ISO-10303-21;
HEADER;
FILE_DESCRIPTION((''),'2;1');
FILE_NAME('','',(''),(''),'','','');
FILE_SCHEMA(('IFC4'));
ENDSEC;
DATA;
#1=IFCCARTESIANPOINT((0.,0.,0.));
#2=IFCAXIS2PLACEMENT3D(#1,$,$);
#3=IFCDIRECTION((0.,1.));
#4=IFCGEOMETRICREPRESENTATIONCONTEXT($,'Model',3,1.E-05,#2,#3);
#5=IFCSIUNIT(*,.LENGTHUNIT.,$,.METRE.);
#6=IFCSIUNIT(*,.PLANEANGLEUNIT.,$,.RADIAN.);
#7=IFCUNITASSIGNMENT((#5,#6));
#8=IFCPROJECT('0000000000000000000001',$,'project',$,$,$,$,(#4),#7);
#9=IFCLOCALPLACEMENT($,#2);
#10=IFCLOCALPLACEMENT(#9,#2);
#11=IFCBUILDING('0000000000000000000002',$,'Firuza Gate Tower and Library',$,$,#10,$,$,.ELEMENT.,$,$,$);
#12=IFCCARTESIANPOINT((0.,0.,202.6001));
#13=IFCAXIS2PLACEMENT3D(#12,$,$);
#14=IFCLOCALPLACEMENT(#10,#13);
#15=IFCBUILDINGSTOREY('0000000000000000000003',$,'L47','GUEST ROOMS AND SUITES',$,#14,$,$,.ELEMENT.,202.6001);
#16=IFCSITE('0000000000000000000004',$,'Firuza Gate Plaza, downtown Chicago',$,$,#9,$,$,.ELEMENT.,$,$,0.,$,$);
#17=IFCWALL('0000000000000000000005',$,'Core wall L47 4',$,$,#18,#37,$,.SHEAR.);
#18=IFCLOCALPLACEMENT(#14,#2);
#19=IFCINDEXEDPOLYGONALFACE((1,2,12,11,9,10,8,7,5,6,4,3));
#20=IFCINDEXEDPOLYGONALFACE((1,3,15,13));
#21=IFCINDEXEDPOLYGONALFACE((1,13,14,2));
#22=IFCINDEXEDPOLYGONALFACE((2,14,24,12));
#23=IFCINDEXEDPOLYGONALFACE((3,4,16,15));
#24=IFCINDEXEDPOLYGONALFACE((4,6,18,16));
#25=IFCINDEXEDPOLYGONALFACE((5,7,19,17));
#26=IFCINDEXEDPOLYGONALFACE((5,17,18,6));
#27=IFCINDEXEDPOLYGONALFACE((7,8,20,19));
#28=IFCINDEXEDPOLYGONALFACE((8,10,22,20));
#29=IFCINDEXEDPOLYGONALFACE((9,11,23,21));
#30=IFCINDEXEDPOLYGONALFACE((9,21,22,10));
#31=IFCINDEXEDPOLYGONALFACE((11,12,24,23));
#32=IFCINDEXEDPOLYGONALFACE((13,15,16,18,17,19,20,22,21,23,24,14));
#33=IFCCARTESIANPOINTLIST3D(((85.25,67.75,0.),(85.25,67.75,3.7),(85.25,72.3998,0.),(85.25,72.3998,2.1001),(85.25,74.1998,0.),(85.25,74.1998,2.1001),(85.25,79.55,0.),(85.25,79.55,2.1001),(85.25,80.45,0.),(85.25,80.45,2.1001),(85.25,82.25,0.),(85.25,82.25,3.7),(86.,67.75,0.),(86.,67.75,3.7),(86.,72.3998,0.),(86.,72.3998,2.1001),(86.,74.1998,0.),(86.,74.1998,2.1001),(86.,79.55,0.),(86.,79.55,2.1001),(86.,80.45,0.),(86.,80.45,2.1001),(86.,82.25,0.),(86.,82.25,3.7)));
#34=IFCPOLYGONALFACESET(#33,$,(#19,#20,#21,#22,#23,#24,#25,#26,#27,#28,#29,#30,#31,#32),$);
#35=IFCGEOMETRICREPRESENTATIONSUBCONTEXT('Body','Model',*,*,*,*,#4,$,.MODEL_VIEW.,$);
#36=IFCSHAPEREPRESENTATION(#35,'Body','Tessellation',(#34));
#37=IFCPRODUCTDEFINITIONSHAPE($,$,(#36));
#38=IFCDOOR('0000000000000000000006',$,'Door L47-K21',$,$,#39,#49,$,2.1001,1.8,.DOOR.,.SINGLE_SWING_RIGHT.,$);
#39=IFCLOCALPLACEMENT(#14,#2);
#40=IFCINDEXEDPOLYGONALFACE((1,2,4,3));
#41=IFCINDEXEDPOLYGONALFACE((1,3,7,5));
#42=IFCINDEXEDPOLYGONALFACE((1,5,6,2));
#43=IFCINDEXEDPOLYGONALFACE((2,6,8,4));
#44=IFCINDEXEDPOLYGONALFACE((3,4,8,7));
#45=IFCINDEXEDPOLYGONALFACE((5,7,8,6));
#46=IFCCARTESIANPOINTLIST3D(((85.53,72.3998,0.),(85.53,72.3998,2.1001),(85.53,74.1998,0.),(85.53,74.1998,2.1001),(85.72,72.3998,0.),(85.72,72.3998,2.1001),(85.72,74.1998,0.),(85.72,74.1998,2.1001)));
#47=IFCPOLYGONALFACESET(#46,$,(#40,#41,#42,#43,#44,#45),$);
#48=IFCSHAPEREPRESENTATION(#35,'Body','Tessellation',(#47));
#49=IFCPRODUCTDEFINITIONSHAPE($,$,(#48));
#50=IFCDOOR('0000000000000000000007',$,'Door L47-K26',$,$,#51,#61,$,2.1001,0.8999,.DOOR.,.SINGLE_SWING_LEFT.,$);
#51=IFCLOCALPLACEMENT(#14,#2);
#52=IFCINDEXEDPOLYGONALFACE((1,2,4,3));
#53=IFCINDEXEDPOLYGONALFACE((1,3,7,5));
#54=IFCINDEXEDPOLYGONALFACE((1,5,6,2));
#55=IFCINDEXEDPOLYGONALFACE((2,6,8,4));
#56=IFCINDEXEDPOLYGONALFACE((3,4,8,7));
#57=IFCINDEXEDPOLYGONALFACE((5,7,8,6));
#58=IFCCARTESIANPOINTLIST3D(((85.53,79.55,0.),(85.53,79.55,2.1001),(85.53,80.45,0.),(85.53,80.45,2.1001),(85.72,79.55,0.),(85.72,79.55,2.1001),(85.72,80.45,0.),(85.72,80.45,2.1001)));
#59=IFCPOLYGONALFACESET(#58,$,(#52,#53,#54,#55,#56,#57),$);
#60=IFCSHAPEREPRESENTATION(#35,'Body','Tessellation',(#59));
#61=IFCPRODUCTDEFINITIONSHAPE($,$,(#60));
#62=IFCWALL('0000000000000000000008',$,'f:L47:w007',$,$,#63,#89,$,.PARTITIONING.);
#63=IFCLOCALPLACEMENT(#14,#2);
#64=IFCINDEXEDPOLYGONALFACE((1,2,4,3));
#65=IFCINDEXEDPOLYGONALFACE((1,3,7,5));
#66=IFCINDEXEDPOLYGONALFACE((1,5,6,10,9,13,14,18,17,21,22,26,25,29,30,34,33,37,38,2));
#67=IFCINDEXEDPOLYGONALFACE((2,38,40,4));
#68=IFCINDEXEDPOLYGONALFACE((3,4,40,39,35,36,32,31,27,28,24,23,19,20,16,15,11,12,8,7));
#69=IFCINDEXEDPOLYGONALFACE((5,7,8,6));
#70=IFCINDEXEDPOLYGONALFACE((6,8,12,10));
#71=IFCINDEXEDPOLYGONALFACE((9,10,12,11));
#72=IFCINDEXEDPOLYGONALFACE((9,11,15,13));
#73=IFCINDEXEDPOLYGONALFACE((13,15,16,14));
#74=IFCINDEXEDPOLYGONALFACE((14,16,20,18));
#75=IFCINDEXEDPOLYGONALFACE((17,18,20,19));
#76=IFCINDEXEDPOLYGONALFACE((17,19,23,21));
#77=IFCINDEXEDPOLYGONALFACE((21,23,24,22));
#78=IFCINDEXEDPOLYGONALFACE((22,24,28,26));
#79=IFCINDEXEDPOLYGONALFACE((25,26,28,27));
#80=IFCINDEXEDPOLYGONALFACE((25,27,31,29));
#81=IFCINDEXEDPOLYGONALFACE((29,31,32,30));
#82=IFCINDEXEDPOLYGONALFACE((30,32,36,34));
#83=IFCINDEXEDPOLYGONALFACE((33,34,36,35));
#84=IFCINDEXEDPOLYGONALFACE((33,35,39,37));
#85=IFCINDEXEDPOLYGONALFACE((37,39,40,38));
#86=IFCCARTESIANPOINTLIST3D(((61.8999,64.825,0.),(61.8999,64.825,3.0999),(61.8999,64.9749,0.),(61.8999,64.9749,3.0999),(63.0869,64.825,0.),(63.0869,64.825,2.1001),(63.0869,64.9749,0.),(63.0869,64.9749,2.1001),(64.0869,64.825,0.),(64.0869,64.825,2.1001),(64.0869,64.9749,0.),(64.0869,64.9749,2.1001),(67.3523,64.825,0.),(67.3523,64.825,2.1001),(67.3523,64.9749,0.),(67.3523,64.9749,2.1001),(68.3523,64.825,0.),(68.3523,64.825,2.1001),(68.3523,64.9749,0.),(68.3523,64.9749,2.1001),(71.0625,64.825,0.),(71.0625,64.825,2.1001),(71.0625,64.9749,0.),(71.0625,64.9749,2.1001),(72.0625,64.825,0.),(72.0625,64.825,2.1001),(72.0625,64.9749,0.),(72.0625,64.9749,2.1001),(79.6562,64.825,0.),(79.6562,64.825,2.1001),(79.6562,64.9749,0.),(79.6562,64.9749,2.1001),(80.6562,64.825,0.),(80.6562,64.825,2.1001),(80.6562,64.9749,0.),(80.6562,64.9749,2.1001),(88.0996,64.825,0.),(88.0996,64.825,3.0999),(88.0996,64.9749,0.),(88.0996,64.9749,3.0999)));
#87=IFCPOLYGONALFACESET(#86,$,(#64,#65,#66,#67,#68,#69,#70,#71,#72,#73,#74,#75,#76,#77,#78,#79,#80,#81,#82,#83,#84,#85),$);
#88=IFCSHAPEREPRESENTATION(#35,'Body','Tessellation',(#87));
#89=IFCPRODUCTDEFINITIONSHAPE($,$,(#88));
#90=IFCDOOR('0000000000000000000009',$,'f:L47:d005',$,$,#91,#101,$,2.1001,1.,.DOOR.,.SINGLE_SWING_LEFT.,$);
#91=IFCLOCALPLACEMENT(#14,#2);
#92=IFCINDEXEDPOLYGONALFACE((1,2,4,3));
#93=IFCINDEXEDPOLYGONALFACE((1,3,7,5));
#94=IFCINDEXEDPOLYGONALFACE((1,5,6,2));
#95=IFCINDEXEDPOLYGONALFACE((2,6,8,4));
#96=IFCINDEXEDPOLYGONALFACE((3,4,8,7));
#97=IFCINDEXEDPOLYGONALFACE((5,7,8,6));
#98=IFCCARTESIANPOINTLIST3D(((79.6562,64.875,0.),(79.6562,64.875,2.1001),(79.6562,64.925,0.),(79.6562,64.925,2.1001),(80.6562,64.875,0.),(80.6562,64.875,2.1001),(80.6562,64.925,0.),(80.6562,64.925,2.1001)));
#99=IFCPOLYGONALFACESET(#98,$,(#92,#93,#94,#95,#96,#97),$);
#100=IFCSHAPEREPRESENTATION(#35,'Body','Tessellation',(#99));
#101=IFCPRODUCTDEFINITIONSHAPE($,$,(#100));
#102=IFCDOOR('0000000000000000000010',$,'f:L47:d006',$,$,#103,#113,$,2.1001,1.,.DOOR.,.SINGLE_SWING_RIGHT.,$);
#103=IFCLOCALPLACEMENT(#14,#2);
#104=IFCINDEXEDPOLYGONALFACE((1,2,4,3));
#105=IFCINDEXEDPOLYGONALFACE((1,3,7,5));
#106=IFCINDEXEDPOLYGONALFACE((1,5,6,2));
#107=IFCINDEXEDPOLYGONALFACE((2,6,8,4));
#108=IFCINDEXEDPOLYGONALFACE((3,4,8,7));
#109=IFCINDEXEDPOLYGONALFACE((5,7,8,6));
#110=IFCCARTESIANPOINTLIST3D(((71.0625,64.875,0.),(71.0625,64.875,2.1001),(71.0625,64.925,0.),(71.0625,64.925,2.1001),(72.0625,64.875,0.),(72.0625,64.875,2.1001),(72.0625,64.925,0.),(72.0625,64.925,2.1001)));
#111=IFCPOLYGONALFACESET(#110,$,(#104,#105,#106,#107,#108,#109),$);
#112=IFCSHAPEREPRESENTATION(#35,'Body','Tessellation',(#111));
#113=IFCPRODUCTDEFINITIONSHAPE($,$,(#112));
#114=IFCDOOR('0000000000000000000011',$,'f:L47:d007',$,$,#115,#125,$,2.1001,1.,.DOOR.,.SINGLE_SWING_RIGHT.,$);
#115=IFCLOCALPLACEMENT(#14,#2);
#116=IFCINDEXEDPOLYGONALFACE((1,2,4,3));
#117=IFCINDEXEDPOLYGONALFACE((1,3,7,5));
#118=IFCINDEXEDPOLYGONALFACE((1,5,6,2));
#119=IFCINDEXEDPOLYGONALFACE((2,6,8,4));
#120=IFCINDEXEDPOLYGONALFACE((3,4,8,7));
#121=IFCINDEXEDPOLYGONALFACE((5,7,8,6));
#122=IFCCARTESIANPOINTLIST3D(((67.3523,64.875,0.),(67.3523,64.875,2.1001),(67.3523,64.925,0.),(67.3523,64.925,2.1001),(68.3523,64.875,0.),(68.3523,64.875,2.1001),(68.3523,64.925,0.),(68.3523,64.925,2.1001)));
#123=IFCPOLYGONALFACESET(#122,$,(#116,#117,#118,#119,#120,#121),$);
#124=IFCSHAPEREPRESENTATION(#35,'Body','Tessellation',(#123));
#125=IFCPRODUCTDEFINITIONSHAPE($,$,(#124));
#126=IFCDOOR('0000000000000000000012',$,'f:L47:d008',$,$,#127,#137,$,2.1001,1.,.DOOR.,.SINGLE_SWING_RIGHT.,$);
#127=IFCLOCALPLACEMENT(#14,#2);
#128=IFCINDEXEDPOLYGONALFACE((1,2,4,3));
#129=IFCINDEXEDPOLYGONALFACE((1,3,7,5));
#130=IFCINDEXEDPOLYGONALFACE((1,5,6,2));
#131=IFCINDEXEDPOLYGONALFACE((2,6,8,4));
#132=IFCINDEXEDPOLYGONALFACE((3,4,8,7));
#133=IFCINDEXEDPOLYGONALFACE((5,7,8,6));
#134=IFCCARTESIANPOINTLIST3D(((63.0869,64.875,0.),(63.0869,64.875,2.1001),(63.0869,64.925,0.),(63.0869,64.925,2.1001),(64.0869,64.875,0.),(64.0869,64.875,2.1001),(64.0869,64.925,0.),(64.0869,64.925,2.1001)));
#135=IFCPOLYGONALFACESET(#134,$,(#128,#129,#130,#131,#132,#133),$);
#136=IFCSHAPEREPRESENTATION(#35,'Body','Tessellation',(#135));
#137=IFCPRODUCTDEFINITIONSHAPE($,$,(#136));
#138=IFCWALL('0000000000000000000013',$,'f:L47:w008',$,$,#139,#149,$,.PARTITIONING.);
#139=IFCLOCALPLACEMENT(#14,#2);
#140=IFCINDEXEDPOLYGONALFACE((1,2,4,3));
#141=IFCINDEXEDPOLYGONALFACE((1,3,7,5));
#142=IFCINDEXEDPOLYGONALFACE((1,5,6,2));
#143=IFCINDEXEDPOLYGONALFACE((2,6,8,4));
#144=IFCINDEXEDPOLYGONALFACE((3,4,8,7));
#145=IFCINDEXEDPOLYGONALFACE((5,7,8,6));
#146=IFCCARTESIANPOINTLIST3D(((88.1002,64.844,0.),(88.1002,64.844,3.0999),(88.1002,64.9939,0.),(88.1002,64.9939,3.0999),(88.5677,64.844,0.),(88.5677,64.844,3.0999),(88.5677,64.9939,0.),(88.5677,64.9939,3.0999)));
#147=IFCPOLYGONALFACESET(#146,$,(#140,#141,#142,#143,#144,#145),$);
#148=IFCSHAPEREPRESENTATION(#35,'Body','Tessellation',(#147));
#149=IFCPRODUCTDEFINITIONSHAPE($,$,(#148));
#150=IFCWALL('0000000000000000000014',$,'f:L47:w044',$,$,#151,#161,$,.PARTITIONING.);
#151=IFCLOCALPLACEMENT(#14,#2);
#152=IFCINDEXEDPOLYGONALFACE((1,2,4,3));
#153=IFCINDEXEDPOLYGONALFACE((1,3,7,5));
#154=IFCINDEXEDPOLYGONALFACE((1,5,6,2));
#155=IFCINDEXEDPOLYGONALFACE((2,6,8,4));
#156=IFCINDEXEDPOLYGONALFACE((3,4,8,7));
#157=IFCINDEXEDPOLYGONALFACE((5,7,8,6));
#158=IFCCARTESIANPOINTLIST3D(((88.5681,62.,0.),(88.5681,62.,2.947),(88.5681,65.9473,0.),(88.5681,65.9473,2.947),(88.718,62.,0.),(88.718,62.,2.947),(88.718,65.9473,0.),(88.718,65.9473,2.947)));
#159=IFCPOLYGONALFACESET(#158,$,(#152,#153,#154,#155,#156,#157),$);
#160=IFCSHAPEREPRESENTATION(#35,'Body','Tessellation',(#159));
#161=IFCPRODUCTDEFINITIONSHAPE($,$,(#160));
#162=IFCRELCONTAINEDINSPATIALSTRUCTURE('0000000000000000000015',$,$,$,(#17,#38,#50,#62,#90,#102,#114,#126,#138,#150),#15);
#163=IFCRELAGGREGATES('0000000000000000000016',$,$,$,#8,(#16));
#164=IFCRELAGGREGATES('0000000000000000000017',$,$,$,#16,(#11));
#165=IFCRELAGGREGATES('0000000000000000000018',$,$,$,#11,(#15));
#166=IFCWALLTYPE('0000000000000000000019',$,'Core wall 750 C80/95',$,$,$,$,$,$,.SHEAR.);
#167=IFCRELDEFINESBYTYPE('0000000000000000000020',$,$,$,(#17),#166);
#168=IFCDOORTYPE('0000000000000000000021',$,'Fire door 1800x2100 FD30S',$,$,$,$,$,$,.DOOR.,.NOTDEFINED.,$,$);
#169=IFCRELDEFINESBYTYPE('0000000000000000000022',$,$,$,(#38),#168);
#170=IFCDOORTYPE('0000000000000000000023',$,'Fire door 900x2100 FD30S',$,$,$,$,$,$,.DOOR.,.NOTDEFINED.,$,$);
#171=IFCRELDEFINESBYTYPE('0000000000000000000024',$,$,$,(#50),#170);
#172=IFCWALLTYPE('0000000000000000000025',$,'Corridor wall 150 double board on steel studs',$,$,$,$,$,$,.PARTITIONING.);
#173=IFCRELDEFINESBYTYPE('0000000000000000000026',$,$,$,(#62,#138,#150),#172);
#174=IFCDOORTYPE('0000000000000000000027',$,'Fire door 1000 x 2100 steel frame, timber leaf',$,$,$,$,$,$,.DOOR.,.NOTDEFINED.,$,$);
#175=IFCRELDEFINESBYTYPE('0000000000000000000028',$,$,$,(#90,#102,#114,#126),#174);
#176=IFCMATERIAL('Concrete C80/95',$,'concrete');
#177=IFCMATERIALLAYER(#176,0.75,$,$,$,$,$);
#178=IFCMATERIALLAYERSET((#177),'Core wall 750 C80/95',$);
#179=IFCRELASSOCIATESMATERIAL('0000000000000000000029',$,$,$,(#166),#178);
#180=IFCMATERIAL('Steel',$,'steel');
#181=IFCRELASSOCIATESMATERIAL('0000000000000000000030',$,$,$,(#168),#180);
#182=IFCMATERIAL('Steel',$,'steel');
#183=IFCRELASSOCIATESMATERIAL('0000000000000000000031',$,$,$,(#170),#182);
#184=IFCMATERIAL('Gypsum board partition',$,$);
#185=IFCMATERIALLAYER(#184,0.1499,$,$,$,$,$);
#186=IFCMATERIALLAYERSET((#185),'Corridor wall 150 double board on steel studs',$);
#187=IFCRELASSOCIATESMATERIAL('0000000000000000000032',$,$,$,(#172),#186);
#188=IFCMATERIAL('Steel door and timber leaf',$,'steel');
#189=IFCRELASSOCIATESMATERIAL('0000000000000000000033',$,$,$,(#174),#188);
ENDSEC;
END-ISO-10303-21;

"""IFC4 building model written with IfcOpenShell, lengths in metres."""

from ifc_helpers import new_model, si_unit, direction, frame, frame_2d, origin, place, context, subcontext, project, spatial, rectangle, extrude, material, layer, layer_set, type_object, element, fill, save


model = new_model("IFC4")

# Units and contexts
model_context = context("Model", 3, precision=1e-05, world=origin(), true_north=direction((0.0, 1.0)))
body_context = subcontext(model_context, "Body", "Model", "MODEL_VIEW")
ifc_project = project(units=[si_unit("LENGTHUNIT", "METRE"), si_unit("PLANEANGLEUNIT", "RADIAN")], contexts=[model_context])

# Site, building, storey
site_placement = place(None, origin())
site = spatial("IfcSite", under=ifc_project, at=site_placement, Name="Firuza Gate Plaza, downtown Chicago", CompositionType="ELEMENT", RefElevation=0.0)
building_placement = place(site_placement, origin())
building = spatial("IfcBuilding", under=site, at=building_placement, Name="Firuza Gate Tower and Library", CompositionType="ELEMENT")
storey_placement = place(building_placement, frame((0.0, 0.0, 202.6001)))
storey = spatial("IfcBuildingStorey", under=building, at=storey_placement, Name="L47", Description="GUEST ROOMS AND SUITES", CompositionType="ELEMENT", Elevation=202.6001)

# Walls, openings, doors
ifc_material_1 = material(Name="Concrete C80/95", Category="concrete")
ifc_layer_1 = layer(ifc_material_1, 0.75)
ifc_layer_set_1 = layer_set([ifc_layer_1], Name="Core wall 750 C80/95")
wall_type_1 = type_object("IfcWallType", Name="Core wall 750 C80/95", PredefinedType="SHEAR", material=ifc_layer_set_1)
wall_1_placement = place(storey_placement, frame((85.625, 67.75, 0.0), z_axis=(0.0, 0.0, 1.0), x_axis=(0.0, 1.0, 0.0)))
wall_1 = element("IfcWall", 1, at=wall_1_placement, inside=storey, type_object=wall_type_1, Name="Core wall L47 4", PredefinedType="SHEAR", context=body_context, shape_type="SweptSolid", body=[
    extrude(rectangle(XDim=14.5, YDim=0.75, at=frame_2d((7.25, 0.0))), origin(), (0.0, 0.0, 1.0), 3.7),
])
opening_1_placement = place(wall_1_placement, frame((4.6499, 0.0, 0.0)))
opening_1 = element("IfcOpeningElement", 2, at=opening_1_placement, cuts=wall_1, PredefinedType="OPENING", context=body_context, shape_type="SweptSolid", body=[
    extrude(rectangle(XDim=1.8, YDim=2.1001, at=frame_2d((0.8999, 1.05))), frame((0.0, 0.385, 0.0), z_axis=(0.0, -1.0, 0.0), x_axis=(1.0, 0.0, 0.0)), (0.0, 0.0, 1.0), 0.77),
])
opening_2_placement = place(wall_1_placement, frame((11.8, 0.0, 0.0)))
opening_2 = element("IfcOpeningElement", 3, at=opening_2_placement, cuts=wall_1, PredefinedType="OPENING", context=body_context, shape_type="SweptSolid", body=[
    extrude(rectangle(XDim=0.8999, YDim=2.1001, at=frame_2d((0.45, 1.05))), frame((0.0, 0.385, 0.0), z_axis=(0.0, -1.0, 0.0), x_axis=(1.0, 0.0, 0.0)), (0.0, 0.0, 1.0), 0.77),
])
ifc_material_2 = material(Name="Steel", Category="steel")
door_type_1 = type_object("IfcDoorType", Name="Fire door 1800x2100 FD30S", OperationType="NOTDEFINED", PredefinedType="DOOR", material=ifc_material_2)
door_1_placement = place(opening_1_placement, origin())
door_1 = element("IfcDoor", 4, at=door_1_placement, inside=storey, type_object=door_type_1, Name="Door L47-K21", OperationType="SINGLE_SWING_RIGHT", OverallHeight=2.1001, OverallWidth=1.8, PredefinedType="DOOR", context=body_context, shape_type="SweptSolid", body=[
    extrude(rectangle(XDim=1.8, YDim=2.1001, at=frame_2d((0.8999, 1.05))), frame((0.0, 0.095, 0.0), z_axis=(0.0, -1.0, 0.0), x_axis=(1.0, 0.0, 0.0)), (0.0, 0.0, 1.0), 0.1899),
])
fill(opening_1, door_1)
ifc_material_3 = material(Name="Steel", Category="steel")
door_type_2 = type_object("IfcDoorType", Name="Fire door 900x2100 FD30S", OperationType="NOTDEFINED", PredefinedType="DOOR", material=ifc_material_3)
door_2_placement = place(opening_2_placement, origin())
door_2 = element("IfcDoor", 5, at=door_2_placement, inside=storey, type_object=door_type_2, Name="Door L47-K26", OperationType="SINGLE_SWING_LEFT", OverallHeight=2.1001, OverallWidth=0.8999, PredefinedType="DOOR", context=body_context, shape_type="SweptSolid", body=[
    extrude(rectangle(XDim=0.8999, YDim=2.1001, at=frame_2d((0.45, 1.05))), frame((0.0, 0.095, 0.0), z_axis=(0.0, -1.0, 0.0), x_axis=(1.0, 0.0, 0.0)), (0.0, 0.0, 1.0), 0.1899),
])
fill(opening_2, door_2)
ifc_material_4 = material(Name="Gypsum board partition")
ifc_layer_2 = layer(ifc_material_4, 0.1499)
ifc_layer_set_2 = layer_set([ifc_layer_2], Name="Corridor wall 150 double board on steel studs")
wall_type_2 = type_object("IfcWallType", Name="Corridor wall 150 double board on steel studs", PredefinedType="PARTITIONING", material=ifc_layer_set_2)
wall_2_placement = place(storey_placement, frame((88.0996, 64.8999, 0.0), z_axis=(0.0, 0.0, 1.0), x_axis=(-1.0, 0.0, 0.0)))
wall_2 = element("IfcWall", 6, at=wall_2_placement, inside=storey, type_object=wall_type_2, Name="f:L47:w007", PredefinedType="PARTITIONING", context=body_context, shape_type="SweptSolid", body=[
    extrude(rectangle(XDim=26.1997, YDim=0.1499, at=frame_2d((13.0999, 0.0))), origin(), (0.0, 0.0, 1.0), 3.0999),
])
opening_3_placement = place(wall_2_placement, frame((7.4434, 0.0, 0.0)))
opening_3 = element("IfcOpeningElement", 7, at=opening_3_placement, cuts=wall_2, PredefinedType="OPENING", context=body_context, shape_type="SweptSolid", body=[
    extrude(rectangle(XDim=1.0, YDim=2.1001, at=frame_2d((0.5, 1.05))), frame((0.0, 0.085, 0.0), z_axis=(0.0, -1.0, 0.0), x_axis=(1.0, 0.0, 0.0)), (0.0, 0.0, 1.0), 0.1699),
])
opening_4_placement = place(wall_2_placement, frame((16.0371, 0.0, 0.0)))
opening_4 = element("IfcOpeningElement", 8, at=opening_4_placement, cuts=wall_2, PredefinedType="OPENING", context=body_context, shape_type="SweptSolid", body=[
    extrude(rectangle(XDim=1.0, YDim=2.1001, at=frame_2d((0.5, 1.05))), frame((0.0, 0.085, 0.0), z_axis=(0.0, -1.0, 0.0), x_axis=(1.0, 0.0, 0.0)), (0.0, 0.0, 1.0), 0.1699),
])
opening_5_placement = place(wall_2_placement, frame((19.7473, 0.0, 0.0)))
opening_5 = element("IfcOpeningElement", 9, at=opening_5_placement, cuts=wall_2, PredefinedType="OPENING", context=body_context, shape_type="SweptSolid", body=[
    extrude(rectangle(XDim=1.0, YDim=2.1001, at=frame_2d((0.5, 1.05))), frame((0.0, 0.085, 0.0), z_axis=(0.0, -1.0, 0.0), x_axis=(1.0, 0.0, 0.0)), (0.0, 0.0, 1.0), 0.1699),
])
opening_6_placement = place(wall_2_placement, frame((24.0127, 0.0, 0.0)))
opening_6 = element("IfcOpeningElement", 10, at=opening_6_placement, cuts=wall_2, PredefinedType="OPENING", context=body_context, shape_type="SweptSolid", body=[
    extrude(rectangle(XDim=1.0, YDim=2.1001, at=frame_2d((0.5, 1.05))), frame((0.0, 0.085, 0.0), z_axis=(0.0, -1.0, 0.0), x_axis=(1.0, 0.0, 0.0)), (0.0, 0.0, 1.0), 0.1699),
])
ifc_material_5 = material(Name="Steel door and timber leaf", Category="steel")
door_type_3 = type_object("IfcDoorType", Name="Fire door 1000 x 2100 steel frame, timber leaf", OperationType="NOTDEFINED", PredefinedType="DOOR", material=ifc_material_5)
door_3_placement = place(opening_3_placement, origin())
door_3 = element("IfcDoor", 11, at=door_3_placement, inside=storey, type_object=door_type_3, Name="f:L47:d005", OperationType="SINGLE_SWING_LEFT", OverallHeight=2.1001, OverallWidth=1.0, PredefinedType="DOOR", context=body_context, shape_type="SweptSolid", body=[
    extrude(rectangle(XDim=1.0, YDim=2.1001, at=frame_2d((0.5, 1.05))), frame((0.0, 0.0249, 0.0), z_axis=(0.0, -1.0, 0.0), x_axis=(1.0, 0.0, 0.0)), (0.0, 0.0, 1.0), 0.05),
])
fill(opening_3, door_3)
door_4_placement = place(opening_4_placement, origin())
door_4 = element("IfcDoor", 12, at=door_4_placement, inside=storey, type_object=door_type_3, Name="f:L47:d006", OperationType="SINGLE_SWING_RIGHT", OverallHeight=2.1001, OverallWidth=1.0, PredefinedType="DOOR", context=body_context, shape_type="SweptSolid", body=[
    extrude(rectangle(XDim=1.0, YDim=2.1001, at=frame_2d((0.5, 1.05))), frame((0.0, 0.0249, 0.0), z_axis=(0.0, -1.0, 0.0), x_axis=(1.0, 0.0, 0.0)), (0.0, 0.0, 1.0), 0.05),
])
fill(opening_4, door_4)
door_5_placement = place(opening_5_placement, origin())
door_5 = element("IfcDoor", 13, at=door_5_placement, inside=storey, type_object=door_type_3, Name="f:L47:d007", OperationType="SINGLE_SWING_RIGHT", OverallHeight=2.1001, OverallWidth=1.0, PredefinedType="DOOR", context=body_context, shape_type="SweptSolid", body=[
    extrude(rectangle(XDim=1.0, YDim=2.1001, at=frame_2d((0.5, 1.05))), frame((0.0, 0.0249, 0.0), z_axis=(0.0, -1.0, 0.0), x_axis=(1.0, 0.0, 0.0)), (0.0, 0.0, 1.0), 0.05),
])
fill(opening_5, door_5)
door_6_placement = place(opening_6_placement, origin())
door_6 = element("IfcDoor", 14, at=door_6_placement, inside=storey, type_object=door_type_3, Name="f:L47:d008", OperationType="SINGLE_SWING_RIGHT", OverallHeight=2.1001, OverallWidth=1.0, PredefinedType="DOOR", context=body_context, shape_type="SweptSolid", body=[
    extrude(rectangle(XDim=1.0, YDim=2.1001, at=frame_2d((0.5, 1.05))), frame((0.0, 0.0249, 0.0), z_axis=(0.0, -1.0, 0.0), x_axis=(1.0, 0.0, 0.0)), (0.0, 0.0, 1.0), 0.05),
])
fill(opening_6, door_6)

# Walls
wall_3_placement = place(storey_placement, frame((88.1001, 64.9189, 0.0), z_axis=(0.0, 0.0, 1.0), x_axis=(1.0, 0.0, 0.0)))
element("IfcWall", 15, at=wall_3_placement, inside=storey, type_object=wall_type_2, Name="f:L47:w008", PredefinedType="PARTITIONING", context=body_context, shape_type="SweptSolid", body=[
    extrude(rectangle(XDim=0.4675, YDim=0.1499, at=frame_2d((0.2339, 0.0))), origin(), (0.0, 0.0, 1.0), 3.0999),
])
wall_4_placement = place(storey_placement, frame((88.6431, 62.0, 0.0), z_axis=(0.0, 0.0, 1.0), x_axis=(0.0, 1.0, 0.0)))
element("IfcWall", 16, at=wall_4_placement, inside=storey, type_object=wall_type_2, Name="f:L47:w044", PredefinedType="PARTITIONING", context=body_context, shape_type="SweptSolid", body=[
    extrude(rectangle(XDim=3.9473, YDim=0.1499, at=frame_2d((1.9736, 0.0))), origin(), (0.0, 0.0, 1.0), 2.947),
])

save(model, "model.ifc")
